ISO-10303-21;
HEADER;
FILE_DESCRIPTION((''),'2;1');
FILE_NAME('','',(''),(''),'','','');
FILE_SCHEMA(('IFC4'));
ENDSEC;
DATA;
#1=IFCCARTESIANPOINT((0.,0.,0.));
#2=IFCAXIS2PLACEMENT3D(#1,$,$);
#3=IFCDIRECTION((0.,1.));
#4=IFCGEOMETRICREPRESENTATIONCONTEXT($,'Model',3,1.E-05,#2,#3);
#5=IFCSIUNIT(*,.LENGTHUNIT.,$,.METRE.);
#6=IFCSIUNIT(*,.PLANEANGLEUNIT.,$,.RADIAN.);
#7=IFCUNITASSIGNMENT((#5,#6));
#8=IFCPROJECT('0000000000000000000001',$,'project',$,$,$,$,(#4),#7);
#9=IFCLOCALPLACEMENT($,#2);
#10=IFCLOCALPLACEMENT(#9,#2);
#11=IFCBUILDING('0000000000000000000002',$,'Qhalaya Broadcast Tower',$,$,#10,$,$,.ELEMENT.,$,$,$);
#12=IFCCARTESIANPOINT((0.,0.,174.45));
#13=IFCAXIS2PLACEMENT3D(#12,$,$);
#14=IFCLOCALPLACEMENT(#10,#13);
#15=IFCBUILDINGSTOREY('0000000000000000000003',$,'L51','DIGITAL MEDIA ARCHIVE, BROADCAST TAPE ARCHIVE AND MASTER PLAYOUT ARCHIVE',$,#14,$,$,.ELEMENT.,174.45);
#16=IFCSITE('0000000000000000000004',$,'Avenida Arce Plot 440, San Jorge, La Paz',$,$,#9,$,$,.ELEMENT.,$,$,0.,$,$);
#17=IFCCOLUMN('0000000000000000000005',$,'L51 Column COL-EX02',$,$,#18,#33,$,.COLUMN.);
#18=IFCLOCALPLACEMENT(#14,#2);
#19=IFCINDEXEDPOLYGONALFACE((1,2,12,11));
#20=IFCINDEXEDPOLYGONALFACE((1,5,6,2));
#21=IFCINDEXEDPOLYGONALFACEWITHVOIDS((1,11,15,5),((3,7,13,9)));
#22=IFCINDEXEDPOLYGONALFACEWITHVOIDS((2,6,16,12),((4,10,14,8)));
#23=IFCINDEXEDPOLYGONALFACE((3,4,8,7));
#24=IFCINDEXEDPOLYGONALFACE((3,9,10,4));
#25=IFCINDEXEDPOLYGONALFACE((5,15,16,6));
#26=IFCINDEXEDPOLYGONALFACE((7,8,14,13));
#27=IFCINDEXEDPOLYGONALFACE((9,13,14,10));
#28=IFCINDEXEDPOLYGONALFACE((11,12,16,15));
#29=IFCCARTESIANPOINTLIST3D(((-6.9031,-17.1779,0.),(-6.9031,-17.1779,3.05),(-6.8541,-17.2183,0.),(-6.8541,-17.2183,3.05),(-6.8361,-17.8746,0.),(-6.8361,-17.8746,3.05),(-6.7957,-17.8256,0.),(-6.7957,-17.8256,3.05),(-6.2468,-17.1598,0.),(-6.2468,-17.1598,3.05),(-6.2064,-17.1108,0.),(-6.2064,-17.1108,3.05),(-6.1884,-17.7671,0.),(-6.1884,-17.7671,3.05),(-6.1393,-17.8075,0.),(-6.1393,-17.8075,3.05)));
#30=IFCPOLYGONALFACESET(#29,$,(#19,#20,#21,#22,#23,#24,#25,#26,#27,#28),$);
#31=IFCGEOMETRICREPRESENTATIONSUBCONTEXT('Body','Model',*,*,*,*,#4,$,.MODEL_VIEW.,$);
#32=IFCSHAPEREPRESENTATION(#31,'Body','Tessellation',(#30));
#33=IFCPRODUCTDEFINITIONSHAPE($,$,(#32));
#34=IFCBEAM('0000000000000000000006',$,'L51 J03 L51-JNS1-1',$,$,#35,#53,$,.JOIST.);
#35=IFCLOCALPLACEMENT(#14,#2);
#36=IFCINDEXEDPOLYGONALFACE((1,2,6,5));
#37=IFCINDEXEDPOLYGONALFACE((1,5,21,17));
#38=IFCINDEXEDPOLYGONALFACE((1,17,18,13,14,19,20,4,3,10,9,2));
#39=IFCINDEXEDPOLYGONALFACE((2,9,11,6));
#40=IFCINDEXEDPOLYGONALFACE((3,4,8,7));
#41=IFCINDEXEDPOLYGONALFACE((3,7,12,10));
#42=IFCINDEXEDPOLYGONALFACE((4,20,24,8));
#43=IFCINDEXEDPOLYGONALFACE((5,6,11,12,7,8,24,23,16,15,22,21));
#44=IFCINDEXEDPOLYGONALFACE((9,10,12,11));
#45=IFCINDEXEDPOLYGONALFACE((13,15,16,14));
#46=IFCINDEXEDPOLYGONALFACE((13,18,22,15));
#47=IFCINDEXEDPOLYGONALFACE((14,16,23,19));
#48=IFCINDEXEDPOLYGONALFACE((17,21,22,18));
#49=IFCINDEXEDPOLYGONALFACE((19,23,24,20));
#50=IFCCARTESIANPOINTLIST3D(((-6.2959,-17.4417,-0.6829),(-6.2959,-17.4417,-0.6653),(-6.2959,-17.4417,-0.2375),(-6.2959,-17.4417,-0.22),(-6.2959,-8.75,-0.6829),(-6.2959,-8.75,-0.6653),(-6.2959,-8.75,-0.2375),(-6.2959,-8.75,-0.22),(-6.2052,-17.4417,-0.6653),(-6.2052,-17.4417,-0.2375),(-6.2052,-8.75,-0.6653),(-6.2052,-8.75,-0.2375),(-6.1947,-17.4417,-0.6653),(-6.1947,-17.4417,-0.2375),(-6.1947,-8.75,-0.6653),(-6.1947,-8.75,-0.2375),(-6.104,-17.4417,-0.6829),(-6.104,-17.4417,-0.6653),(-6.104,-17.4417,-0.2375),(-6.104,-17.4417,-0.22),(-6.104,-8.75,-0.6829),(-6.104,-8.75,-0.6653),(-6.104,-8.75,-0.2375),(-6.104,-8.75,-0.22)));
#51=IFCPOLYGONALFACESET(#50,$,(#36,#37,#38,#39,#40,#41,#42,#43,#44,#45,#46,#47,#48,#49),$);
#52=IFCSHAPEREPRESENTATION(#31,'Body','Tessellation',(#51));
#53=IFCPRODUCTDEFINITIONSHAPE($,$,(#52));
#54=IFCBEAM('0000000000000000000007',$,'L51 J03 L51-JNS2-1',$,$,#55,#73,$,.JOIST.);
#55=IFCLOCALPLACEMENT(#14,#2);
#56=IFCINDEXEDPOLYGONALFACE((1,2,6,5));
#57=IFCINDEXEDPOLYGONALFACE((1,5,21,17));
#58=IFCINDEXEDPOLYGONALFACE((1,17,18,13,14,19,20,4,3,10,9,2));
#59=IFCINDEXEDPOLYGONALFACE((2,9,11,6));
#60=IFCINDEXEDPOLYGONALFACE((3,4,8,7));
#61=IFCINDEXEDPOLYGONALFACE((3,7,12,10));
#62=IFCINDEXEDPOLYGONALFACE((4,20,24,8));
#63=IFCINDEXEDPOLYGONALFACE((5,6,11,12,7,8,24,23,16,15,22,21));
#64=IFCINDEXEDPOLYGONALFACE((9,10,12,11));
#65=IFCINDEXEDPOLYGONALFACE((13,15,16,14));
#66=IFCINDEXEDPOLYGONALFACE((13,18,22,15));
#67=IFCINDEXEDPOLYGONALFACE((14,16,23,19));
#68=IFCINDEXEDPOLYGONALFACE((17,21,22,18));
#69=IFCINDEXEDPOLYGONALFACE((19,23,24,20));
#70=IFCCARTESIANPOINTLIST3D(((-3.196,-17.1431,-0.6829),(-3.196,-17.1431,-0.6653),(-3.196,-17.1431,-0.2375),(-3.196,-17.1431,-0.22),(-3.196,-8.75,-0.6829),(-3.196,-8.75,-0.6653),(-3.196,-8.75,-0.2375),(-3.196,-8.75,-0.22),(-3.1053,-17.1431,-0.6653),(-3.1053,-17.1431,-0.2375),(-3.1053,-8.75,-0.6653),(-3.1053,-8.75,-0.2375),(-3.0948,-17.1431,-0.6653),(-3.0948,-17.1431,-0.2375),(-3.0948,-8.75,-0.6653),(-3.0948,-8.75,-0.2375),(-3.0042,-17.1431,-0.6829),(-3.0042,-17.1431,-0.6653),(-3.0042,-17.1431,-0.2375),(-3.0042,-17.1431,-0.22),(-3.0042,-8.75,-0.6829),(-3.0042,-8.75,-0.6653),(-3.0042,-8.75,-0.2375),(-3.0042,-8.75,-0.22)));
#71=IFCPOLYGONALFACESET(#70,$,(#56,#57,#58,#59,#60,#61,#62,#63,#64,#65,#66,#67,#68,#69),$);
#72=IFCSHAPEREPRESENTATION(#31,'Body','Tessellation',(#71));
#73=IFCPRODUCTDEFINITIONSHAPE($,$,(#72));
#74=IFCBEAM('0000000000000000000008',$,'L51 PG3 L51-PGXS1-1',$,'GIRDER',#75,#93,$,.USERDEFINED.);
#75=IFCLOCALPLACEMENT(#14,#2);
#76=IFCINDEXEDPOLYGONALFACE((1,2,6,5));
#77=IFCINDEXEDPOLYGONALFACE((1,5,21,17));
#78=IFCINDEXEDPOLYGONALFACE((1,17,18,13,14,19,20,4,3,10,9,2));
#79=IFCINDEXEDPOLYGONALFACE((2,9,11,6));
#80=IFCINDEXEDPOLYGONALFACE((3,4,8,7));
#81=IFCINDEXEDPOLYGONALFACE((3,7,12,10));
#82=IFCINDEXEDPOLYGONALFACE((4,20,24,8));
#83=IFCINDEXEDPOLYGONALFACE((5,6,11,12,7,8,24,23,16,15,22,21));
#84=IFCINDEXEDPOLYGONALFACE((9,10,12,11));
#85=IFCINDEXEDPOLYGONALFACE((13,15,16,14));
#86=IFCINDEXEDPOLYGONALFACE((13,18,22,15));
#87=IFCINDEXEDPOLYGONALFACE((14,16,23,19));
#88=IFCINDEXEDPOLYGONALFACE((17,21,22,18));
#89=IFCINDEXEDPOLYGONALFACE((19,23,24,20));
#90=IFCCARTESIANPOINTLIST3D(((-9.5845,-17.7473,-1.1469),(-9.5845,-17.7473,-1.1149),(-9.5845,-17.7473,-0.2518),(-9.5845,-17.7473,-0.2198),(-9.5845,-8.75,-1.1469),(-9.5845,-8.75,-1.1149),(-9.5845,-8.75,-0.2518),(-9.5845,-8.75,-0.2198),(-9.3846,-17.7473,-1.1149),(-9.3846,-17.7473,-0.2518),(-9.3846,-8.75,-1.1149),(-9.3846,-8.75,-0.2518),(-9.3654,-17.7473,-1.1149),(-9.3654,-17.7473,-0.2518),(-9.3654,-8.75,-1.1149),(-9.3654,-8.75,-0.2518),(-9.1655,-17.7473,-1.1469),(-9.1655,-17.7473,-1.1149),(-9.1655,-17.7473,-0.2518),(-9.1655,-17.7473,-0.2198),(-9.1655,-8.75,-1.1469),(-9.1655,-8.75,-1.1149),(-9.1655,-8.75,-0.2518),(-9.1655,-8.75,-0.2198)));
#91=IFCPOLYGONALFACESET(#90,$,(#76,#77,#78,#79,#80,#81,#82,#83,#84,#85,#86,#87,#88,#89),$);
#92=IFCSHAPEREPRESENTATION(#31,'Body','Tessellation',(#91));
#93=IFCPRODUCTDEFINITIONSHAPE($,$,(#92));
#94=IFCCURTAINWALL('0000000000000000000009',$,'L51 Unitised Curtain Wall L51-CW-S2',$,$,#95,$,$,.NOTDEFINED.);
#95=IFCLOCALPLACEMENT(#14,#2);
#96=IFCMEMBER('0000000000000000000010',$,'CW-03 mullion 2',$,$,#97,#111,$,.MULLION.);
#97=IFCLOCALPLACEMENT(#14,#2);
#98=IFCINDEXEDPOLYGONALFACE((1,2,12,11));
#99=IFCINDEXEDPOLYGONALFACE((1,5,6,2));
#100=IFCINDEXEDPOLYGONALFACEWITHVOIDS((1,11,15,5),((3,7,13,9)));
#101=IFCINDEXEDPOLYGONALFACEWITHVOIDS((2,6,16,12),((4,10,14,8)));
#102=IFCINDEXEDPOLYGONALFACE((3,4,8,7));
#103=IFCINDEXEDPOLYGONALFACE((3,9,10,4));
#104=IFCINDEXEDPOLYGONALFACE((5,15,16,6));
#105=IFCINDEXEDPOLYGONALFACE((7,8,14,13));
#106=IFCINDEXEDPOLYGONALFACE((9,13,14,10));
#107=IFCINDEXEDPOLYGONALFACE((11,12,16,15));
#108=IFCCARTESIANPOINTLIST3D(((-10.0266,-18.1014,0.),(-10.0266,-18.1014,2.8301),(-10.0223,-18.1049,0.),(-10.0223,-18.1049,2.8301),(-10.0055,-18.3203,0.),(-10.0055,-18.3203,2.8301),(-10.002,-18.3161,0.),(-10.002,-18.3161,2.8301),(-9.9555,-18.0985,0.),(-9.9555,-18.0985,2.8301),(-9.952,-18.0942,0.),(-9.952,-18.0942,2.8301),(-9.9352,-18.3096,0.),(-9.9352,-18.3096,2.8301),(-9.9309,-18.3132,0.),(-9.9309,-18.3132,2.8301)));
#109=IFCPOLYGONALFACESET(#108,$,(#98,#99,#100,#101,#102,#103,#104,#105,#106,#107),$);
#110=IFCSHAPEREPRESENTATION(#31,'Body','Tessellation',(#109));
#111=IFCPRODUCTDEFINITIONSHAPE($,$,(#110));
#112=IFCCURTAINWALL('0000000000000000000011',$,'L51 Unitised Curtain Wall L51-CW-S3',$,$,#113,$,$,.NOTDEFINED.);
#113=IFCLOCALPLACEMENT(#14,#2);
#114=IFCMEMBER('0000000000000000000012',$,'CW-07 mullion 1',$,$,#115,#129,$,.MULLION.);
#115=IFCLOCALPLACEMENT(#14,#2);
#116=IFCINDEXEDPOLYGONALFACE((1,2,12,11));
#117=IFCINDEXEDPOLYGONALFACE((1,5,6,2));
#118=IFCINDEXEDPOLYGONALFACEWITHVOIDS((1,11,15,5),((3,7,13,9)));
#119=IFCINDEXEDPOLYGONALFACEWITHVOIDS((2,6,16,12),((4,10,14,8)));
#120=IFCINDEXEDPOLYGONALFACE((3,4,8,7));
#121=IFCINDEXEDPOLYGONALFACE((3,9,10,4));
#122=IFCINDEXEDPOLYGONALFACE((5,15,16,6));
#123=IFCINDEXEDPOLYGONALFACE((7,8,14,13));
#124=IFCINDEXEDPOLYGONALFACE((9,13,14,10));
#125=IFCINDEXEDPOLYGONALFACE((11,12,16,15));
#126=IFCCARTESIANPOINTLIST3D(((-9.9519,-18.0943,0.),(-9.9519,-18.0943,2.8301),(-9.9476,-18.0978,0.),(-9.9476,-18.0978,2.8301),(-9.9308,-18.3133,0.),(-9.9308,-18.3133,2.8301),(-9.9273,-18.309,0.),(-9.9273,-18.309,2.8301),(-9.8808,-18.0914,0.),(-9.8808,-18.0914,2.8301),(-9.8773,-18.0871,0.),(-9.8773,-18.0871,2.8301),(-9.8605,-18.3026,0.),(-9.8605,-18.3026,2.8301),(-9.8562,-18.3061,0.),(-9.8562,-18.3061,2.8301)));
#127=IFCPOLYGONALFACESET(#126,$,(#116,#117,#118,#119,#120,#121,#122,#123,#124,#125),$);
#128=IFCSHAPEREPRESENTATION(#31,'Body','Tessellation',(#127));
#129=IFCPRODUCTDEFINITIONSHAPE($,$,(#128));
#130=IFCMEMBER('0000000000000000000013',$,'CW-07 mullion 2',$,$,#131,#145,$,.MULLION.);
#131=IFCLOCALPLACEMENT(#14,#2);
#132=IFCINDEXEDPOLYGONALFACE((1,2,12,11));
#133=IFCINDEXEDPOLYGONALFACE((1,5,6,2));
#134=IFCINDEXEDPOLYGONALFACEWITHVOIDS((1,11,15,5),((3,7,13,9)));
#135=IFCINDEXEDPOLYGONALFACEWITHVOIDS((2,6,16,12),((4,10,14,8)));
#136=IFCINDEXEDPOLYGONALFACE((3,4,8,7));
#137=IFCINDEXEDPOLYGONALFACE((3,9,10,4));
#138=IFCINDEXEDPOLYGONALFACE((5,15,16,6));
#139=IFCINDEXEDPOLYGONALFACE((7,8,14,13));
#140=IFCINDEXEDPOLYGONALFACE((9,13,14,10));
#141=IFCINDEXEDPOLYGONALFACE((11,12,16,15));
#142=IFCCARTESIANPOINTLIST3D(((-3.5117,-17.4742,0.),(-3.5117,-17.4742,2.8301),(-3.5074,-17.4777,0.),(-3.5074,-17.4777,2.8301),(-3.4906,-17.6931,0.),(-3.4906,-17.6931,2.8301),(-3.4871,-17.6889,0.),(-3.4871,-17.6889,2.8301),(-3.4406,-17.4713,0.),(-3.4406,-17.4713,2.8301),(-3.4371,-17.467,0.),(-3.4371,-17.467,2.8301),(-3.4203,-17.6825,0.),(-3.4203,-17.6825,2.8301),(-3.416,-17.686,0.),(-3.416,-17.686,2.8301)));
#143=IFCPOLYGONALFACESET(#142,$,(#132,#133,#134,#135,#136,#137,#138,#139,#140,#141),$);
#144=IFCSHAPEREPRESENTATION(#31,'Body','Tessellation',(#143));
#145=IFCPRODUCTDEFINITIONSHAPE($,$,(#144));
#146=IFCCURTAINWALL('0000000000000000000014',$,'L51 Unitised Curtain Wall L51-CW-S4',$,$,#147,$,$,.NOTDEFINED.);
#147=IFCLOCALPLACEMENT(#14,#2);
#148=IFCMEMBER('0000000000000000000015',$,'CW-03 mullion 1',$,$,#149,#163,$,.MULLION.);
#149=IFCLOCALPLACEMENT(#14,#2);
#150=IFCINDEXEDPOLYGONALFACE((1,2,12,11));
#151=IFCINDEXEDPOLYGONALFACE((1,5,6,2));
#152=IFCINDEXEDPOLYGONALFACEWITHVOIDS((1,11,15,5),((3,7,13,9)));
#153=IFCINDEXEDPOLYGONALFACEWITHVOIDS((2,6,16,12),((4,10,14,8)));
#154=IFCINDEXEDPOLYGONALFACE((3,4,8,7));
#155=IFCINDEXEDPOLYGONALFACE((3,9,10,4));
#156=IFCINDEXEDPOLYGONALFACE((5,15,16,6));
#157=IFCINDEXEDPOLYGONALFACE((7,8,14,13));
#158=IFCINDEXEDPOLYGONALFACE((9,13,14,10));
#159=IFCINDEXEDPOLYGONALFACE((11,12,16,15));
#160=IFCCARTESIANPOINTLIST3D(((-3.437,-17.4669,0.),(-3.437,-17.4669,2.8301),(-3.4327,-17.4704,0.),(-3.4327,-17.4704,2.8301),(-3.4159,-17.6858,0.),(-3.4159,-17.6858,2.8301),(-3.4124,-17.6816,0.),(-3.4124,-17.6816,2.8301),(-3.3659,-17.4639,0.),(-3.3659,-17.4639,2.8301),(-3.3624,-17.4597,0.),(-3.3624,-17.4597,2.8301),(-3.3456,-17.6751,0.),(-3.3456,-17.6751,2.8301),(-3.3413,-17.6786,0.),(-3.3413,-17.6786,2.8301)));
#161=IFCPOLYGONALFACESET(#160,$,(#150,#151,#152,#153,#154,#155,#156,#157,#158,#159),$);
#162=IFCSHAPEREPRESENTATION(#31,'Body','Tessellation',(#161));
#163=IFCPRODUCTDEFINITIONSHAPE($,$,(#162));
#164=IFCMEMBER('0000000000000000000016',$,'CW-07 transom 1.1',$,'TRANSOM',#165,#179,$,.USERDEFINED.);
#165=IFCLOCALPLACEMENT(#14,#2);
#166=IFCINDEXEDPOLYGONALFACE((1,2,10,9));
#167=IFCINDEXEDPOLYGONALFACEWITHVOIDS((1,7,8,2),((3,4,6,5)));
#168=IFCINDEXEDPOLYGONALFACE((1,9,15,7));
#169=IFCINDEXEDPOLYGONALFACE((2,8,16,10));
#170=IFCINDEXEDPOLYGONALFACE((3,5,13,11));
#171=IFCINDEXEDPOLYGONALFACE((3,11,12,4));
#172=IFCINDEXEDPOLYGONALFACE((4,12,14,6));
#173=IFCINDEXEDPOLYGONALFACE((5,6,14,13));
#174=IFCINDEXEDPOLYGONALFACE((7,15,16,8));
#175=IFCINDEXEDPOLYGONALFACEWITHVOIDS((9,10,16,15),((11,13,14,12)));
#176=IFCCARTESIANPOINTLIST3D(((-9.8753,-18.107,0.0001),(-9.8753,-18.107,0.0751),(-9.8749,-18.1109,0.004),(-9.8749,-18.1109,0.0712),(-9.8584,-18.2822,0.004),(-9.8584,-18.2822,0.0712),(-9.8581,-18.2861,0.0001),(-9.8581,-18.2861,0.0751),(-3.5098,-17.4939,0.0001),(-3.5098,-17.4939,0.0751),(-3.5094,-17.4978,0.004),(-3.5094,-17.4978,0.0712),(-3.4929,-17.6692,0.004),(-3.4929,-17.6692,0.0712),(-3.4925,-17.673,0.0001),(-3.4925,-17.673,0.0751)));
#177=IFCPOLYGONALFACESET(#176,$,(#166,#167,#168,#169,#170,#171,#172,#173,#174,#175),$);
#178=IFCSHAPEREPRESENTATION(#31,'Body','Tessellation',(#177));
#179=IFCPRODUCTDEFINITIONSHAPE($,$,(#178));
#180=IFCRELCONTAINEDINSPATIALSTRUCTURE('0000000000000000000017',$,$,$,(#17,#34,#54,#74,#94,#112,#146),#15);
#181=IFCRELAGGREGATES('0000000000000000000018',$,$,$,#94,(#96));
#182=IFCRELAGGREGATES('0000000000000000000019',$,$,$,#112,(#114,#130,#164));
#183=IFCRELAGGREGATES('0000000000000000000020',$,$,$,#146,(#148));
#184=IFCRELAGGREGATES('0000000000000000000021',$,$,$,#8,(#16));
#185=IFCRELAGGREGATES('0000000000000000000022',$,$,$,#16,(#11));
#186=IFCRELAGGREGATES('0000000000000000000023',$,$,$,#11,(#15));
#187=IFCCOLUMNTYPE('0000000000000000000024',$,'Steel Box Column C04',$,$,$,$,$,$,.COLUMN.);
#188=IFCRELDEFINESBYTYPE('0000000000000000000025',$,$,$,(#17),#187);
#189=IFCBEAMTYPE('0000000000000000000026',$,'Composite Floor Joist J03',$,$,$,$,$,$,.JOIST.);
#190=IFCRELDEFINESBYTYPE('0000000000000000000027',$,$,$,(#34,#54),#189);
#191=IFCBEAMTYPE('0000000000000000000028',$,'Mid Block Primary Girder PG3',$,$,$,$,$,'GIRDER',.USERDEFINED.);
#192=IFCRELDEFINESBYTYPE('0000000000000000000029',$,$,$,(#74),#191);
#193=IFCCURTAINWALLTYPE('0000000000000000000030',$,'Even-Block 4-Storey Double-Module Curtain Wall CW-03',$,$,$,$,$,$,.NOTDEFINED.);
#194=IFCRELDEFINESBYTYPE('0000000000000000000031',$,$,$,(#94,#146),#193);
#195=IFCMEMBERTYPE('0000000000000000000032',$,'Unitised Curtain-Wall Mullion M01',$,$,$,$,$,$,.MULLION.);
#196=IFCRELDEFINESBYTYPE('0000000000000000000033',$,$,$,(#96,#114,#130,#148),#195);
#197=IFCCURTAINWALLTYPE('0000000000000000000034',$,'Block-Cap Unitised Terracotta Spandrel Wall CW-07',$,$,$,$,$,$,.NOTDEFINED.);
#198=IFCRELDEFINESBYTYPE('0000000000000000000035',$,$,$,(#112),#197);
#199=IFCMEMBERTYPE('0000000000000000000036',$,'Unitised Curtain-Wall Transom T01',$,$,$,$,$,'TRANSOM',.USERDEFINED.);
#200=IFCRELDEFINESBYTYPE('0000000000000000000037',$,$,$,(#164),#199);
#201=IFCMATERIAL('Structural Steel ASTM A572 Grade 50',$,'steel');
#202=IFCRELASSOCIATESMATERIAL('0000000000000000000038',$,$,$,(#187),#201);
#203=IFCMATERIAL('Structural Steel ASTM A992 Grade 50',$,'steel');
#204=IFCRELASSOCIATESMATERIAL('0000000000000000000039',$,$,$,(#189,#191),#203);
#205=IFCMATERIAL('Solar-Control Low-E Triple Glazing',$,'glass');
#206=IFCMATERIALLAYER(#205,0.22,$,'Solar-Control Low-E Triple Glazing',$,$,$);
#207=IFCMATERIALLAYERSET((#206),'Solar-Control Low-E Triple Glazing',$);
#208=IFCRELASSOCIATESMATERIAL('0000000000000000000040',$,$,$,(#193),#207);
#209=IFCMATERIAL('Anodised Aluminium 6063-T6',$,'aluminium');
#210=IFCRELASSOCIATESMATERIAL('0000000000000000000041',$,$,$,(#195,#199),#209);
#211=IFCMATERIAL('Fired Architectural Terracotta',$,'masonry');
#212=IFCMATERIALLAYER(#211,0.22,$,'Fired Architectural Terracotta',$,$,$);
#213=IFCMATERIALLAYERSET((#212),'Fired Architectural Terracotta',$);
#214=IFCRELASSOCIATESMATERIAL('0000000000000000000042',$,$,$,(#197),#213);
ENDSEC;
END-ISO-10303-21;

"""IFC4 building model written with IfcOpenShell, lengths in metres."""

from ifc_helpers import new_model, si_unit, direction, frame, origin, origin_2d, place, context, subcontext, project, spatial, hollow_rectangle, i_section, extrude, material, layer, layer_set, material_profile, profile_set, type_object, element, aggregate, save


model = new_model("IFC4")

# Units and contexts
model_context = context("Model", 3, precision=1e-05, world=origin(), true_north=direction((0.0, 1.0)))
body_context = subcontext(model_context, "Body", "Model", "MODEL_VIEW")
ifc_project = project(units=[si_unit("LENGTHUNIT", "METRE"), si_unit("PLANEANGLEUNIT", "RADIAN")], contexts=[model_context])

# Site, building, storey
site_placement = place(None, origin())
site = spatial("IfcSite", under=ifc_project, at=site_placement, Name="Avenida Arce Plot 440, San Jorge, La Paz", CompositionType="ELEMENT", RefElevation=0.0)
building_placement = place(site_placement, origin())
building = spatial("IfcBuilding", under=site, at=building_placement, Name="Qhalaya Broadcast Tower", CompositionType="ELEMENT")
storey_placement = place(building_placement, frame((0.0, 0.0, 174.45)))
storey = spatial("IfcBuildingStorey", under=building, at=storey_placement, Name="L51", Description="DIGITAL MEDIA ARCHIVE, BROADCAST TAPE ARCHIVE AND MASTER PLAYOUT ARCHIVE", CompositionType="ELEMENT", Elevation=174.45)

# Column
ifc_material_1 = material(Name="Structural Steel ASTM A572 Grade 50", Category="steel")
ifc_material_profile_1 = material_profile(ifc_material_1, hollow_rectangle(XDim=0.7, YDim=0.7, WallThickness=0.0449, at=origin_2d()), Name="BOX 700x700x45")
ifc_profile_set_1 = profile_set([ifc_material_profile_1], Name="Structural Steel ASTM A572 Grade 50")
column_type = type_object("IfcColumnType", Name="Steel Box Column C04", PredefinedType="COLUMN", material=ifc_profile_set_1)
column_placement = place(storey_placement, frame((-6.5212, -17.4927, 0.0), z_axis=(0.0, 0.0, 1.0), x_axis=(0.995396, 0.095846, 0.0)))
element("IfcColumn", 1, at=column_placement, inside=storey, type_object=column_type, Name="L51 Column COL-EX02", PredefinedType="COLUMN", context=body_context, shape_type="SweptSolid", body=[
    extrude(hollow_rectangle(XDim=0.7, YDim=0.7, WallThickness=0.0449, at=origin_2d()), origin(), (0.0, 0.0, 1.0), 3.05),
])

# Beams
ifc_material_2 = material(Name="Structural Steel ASTM A992 Grade 50", Category="steel")
ifc_material_profile_2 = material_profile(ifc_material_2, i_section(OverallWidth=0.1919, OverallDepth=0.4629, WebThickness=0.0105, FlangeThickness=0.0176, at=origin_2d()), Name="W18X60")
ifc_profile_set_2 = profile_set([ifc_material_profile_2], Name="Structural Steel ASTM A992 Grade 50")
beam_type_1 = type_object("IfcBeamType", Name="Composite Floor Joist J03", PredefinedType="JOIST", material=ifc_profile_set_2)
beam_1_placement = place(storey_placement, frame((-6.2, -17.4417, -0.4514), z_axis=(0.0, 1.0, 0.0), x_axis=(-1.0, 0.0, 0.0)))
element("IfcBeam", 2, at=beam_1_placement, inside=storey, type_object=beam_type_1, Name="L51 J03 L51-JNS1-1", PredefinedType="JOIST", context=body_context, shape_type="SweptSolid", body=[
    extrude(i_section(OverallWidth=0.1919, OverallDepth=0.4629, WebThickness=0.0105, FlangeThickness=0.0176, at=origin_2d()), origin(), (0.0, 0.0, 1.0), 8.6917),
])
beam_2_placement = place(storey_placement, frame((-3.1001, -17.1431, -0.4514), z_axis=(0.0, 1.0, 0.0), x_axis=(-1.0, 0.0, 0.0)))
element("IfcBeam", 3, at=beam_2_placement, inside=storey, type_object=beam_type_1, Name="L51 J03 L51-JNS2-1", PredefinedType="JOIST", context=body_context, shape_type="SweptSolid", body=[
    extrude(i_section(OverallWidth=0.1919, OverallDepth=0.4629, WebThickness=0.0105, FlangeThickness=0.0176, at=origin_2d()), origin(), (0.0, 0.0, 1.0), 8.3931),
])
ifc_material_profile_3 = material_profile(ifc_material_2, i_section(OverallWidth=0.4189, OverallDepth=0.927, WebThickness=0.0193, FlangeThickness=0.032, at=origin_2d()), Name="W36X231")
ifc_profile_set_3 = profile_set([ifc_material_profile_3], Name="Structural Steel ASTM A992 Grade 50")
beam_type_2 = type_object("IfcBeamType", Name="Mid Block Primary Girder PG3", ElementType="GIRDER", PredefinedType="USERDEFINED", material=ifc_profile_set_3)
beam_3_placement = place(storey_placement, frame((-9.375, -17.7473, -0.6833), z_axis=(0.0, 1.0, 0.0), x_axis=(-1.0, 0.0, 0.0)))
element("IfcBeam", 4, at=beam_3_placement, inside=storey, type_object=beam_type_2, Name="L51 PG3 L51-PGXS1-1", ObjectType="GIRDER", PredefinedType="USERDEFINED", context=body_context, shape_type="SweptSolid", body=[
    extrude(i_section(OverallWidth=0.4189, OverallDepth=0.927, WebThickness=0.0193, FlangeThickness=0.032, at=origin_2d()), origin(), (0.0, 0.0, 1.0), 8.9973),
])

# Curtain wall, member
ifc_material_3 = material(Name="Solar-Control Low-E Triple Glazing", Category="glass")
ifc_layer_1 = layer(ifc_material_3, 0.22, Name="Solar-Control Low-E Triple Glazing")
ifc_layer_set_1 = layer_set([ifc_layer_1], Name="Solar-Control Low-E Triple Glazing")
curtain_wall_type_1 = type_object("IfcCurtainWallType", Name="Even-Block 4-Storey Double-Module Curtain Wall CW-03", PredefinedType="NOTDEFINED", material=ifc_layer_set_1)
curtain_wall_1_placement = place(storey_placement, origin())
curtain_wall_1 = element("IfcCurtainWall", 5, at=curtain_wall_1_placement, inside=storey, type_object=curtain_wall_type_1, Name="L51 Unitised Curtain Wall L51-CW-S2", PredefinedType="NOTDEFINED")
ifc_material_4 = material(Name="Anodised Aluminium 6063-T6", Category="aluminium")
ifc_material_profile_4 = material_profile(ifc_material_4, hollow_rectangle(XDim=0.075, YDim=0.22, WallThickness=0.0039, at=origin_2d()), Name="ALU-MUL 75x220x4")
ifc_profile_set_4 = profile_set([ifc_material_profile_4], Name="Anodised Aluminium 6063-T6")
member_type_1 = type_object("IfcMemberType", Name="Unitised Curtain-Wall Mullion M01", PredefinedType="MULLION", material=ifc_profile_set_4)
member_1_placement = place(storey_placement, frame((-9.9788, -18.2073, 0.0), z_axis=(0.0, 0.0, 1.0), x_axis=(0.995397, 0.095839, 0.0)))
member_1 = element("IfcMember", 6, at=member_1_placement, type_object=member_type_1, Name="CW-03 mullion 2", PredefinedType="MULLION", context=body_context, shape_type="SweptSolid", body=[
    extrude(hollow_rectangle(XDim=0.075, YDim=0.22, WallThickness=0.0039, at=origin_2d()), origin(), (0.0, 0.0, 1.0), 2.8301),
])
aggregate(curtain_wall_1, [member_1])

# Curtain wall, members
ifc_material_5 = material(Name="Fired Architectural Terracotta", Category="masonry")
ifc_layer_2 = layer(ifc_material_5, 0.22, Name="Fired Architectural Terracotta")
ifc_layer_set_2 = layer_set([ifc_layer_2], Name="Fired Architectural Terracotta")
curtain_wall_type_2 = type_object("IfcCurtainWallType", Name="Block-Cap Unitised Terracotta Spandrel Wall CW-07", PredefinedType="NOTDEFINED", material=ifc_layer_set_2)
curtain_wall_2_placement = place(storey_placement, origin())
curtain_wall_2 = element("IfcCurtainWall", 7, at=curtain_wall_2_placement, inside=storey, type_object=curtain_wall_type_2, Name="L51 Unitised Curtain Wall L51-CW-S3", PredefinedType="NOTDEFINED")
member_2_placement = place(storey_placement, frame((-9.9041, -18.2002, 0.0), z_axis=(0.0, 0.0, 1.0), x_axis=(0.995396, 0.095844, 0.0)))
member_2 = element("IfcMember", 8, at=member_2_placement, type_object=member_type_1, Name="CW-07 mullion 1", PredefinedType="MULLION", context=body_context, shape_type="SweptSolid", body=[
    extrude(hollow_rectangle(XDim=0.075, YDim=0.22, WallThickness=0.0039, at=origin_2d()), origin(), (0.0, 0.0, 1.0), 2.8301),
])
member_3_placement = place(storey_placement, frame((-3.4639, -17.5801, 0.0), z_axis=(0.0, 0.0, 1.0), x_axis=(0.995396, 0.095844, 0.0)))
member_3 = element("IfcMember", 9, at=member_3_placement, type_object=member_type_1, Name="CW-07 mullion 2", PredefinedType="MULLION", context=body_context, shape_type="SweptSolid", body=[
    extrude(hollow_rectangle(XDim=0.075, YDim=0.22, WallThickness=0.0039, at=origin_2d()), origin(), (0.0, 0.0, 1.0), 2.8301),
])

# Curtain wall, member
curtain_wall_3_placement = place(storey_placement, origin())
curtain_wall_3 = element("IfcCurtainWall", 10, at=curtain_wall_3_placement, inside=storey, type_object=curtain_wall_type_1, Name="L51 Unitised Curtain Wall L51-CW-S4", PredefinedType="NOTDEFINED")
member_4_placement = place(storey_placement, frame((-3.3892, -17.5728, 0.0), z_axis=(0.0, 0.0, 1.0), x_axis=(0.995394, 0.095866, 0.0)))
member_4 = element("IfcMember", 11, at=member_4_placement, type_object=member_type_1, Name="CW-03 mullion 1", PredefinedType="MULLION", context=body_context, shape_type="SweptSolid", body=[
    extrude(hollow_rectangle(XDim=0.075, YDim=0.22, WallThickness=0.0039, at=origin_2d()), origin(), (0.0, 0.0, 1.0), 2.8301),
])

# Member
ifc_material_profile_5 = material_profile(ifc_material_4, hollow_rectangle(XDim=0.075, YDim=0.1799, WallThickness=0.0039, at=origin_2d()), Name="ALU-TRN 75x180x4")
ifc_profile_set_5 = profile_set([ifc_material_profile_5], Name="Anodised Aluminium 6063-T6")
member_type_2 = type_object("IfcMemberType", Name="Unitised Curtain-Wall Transom T01", ElementType="TRANSOM", PredefinedType="USERDEFINED", material=ifc_profile_set_5)
member_5_placement = place(storey_placement, frame((-9.8667, -18.1965, 0.0376), z_axis=(0.995395, 0.095863, 0.0), x_axis=(0.0, 0.0, 1.0)))
member_5 = element("IfcMember", 12, at=member_5_placement, type_object=member_type_2, Name="CW-07 transom 1.1", ObjectType="TRANSOM", PredefinedType="USERDEFINED", context=body_context, shape_type="SweptSolid", body=[
    extrude(hollow_rectangle(XDim=0.075, YDim=0.1799, WallThickness=0.0039, at=origin_2d()), origin(), (0.0, 0.0, 1.0), 6.395),
])

aggregate(curtain_wall_2, [member_2, member_3, member_5])
aggregate(curtain_wall_3, [member_4])

save(model, "model.ifc")
